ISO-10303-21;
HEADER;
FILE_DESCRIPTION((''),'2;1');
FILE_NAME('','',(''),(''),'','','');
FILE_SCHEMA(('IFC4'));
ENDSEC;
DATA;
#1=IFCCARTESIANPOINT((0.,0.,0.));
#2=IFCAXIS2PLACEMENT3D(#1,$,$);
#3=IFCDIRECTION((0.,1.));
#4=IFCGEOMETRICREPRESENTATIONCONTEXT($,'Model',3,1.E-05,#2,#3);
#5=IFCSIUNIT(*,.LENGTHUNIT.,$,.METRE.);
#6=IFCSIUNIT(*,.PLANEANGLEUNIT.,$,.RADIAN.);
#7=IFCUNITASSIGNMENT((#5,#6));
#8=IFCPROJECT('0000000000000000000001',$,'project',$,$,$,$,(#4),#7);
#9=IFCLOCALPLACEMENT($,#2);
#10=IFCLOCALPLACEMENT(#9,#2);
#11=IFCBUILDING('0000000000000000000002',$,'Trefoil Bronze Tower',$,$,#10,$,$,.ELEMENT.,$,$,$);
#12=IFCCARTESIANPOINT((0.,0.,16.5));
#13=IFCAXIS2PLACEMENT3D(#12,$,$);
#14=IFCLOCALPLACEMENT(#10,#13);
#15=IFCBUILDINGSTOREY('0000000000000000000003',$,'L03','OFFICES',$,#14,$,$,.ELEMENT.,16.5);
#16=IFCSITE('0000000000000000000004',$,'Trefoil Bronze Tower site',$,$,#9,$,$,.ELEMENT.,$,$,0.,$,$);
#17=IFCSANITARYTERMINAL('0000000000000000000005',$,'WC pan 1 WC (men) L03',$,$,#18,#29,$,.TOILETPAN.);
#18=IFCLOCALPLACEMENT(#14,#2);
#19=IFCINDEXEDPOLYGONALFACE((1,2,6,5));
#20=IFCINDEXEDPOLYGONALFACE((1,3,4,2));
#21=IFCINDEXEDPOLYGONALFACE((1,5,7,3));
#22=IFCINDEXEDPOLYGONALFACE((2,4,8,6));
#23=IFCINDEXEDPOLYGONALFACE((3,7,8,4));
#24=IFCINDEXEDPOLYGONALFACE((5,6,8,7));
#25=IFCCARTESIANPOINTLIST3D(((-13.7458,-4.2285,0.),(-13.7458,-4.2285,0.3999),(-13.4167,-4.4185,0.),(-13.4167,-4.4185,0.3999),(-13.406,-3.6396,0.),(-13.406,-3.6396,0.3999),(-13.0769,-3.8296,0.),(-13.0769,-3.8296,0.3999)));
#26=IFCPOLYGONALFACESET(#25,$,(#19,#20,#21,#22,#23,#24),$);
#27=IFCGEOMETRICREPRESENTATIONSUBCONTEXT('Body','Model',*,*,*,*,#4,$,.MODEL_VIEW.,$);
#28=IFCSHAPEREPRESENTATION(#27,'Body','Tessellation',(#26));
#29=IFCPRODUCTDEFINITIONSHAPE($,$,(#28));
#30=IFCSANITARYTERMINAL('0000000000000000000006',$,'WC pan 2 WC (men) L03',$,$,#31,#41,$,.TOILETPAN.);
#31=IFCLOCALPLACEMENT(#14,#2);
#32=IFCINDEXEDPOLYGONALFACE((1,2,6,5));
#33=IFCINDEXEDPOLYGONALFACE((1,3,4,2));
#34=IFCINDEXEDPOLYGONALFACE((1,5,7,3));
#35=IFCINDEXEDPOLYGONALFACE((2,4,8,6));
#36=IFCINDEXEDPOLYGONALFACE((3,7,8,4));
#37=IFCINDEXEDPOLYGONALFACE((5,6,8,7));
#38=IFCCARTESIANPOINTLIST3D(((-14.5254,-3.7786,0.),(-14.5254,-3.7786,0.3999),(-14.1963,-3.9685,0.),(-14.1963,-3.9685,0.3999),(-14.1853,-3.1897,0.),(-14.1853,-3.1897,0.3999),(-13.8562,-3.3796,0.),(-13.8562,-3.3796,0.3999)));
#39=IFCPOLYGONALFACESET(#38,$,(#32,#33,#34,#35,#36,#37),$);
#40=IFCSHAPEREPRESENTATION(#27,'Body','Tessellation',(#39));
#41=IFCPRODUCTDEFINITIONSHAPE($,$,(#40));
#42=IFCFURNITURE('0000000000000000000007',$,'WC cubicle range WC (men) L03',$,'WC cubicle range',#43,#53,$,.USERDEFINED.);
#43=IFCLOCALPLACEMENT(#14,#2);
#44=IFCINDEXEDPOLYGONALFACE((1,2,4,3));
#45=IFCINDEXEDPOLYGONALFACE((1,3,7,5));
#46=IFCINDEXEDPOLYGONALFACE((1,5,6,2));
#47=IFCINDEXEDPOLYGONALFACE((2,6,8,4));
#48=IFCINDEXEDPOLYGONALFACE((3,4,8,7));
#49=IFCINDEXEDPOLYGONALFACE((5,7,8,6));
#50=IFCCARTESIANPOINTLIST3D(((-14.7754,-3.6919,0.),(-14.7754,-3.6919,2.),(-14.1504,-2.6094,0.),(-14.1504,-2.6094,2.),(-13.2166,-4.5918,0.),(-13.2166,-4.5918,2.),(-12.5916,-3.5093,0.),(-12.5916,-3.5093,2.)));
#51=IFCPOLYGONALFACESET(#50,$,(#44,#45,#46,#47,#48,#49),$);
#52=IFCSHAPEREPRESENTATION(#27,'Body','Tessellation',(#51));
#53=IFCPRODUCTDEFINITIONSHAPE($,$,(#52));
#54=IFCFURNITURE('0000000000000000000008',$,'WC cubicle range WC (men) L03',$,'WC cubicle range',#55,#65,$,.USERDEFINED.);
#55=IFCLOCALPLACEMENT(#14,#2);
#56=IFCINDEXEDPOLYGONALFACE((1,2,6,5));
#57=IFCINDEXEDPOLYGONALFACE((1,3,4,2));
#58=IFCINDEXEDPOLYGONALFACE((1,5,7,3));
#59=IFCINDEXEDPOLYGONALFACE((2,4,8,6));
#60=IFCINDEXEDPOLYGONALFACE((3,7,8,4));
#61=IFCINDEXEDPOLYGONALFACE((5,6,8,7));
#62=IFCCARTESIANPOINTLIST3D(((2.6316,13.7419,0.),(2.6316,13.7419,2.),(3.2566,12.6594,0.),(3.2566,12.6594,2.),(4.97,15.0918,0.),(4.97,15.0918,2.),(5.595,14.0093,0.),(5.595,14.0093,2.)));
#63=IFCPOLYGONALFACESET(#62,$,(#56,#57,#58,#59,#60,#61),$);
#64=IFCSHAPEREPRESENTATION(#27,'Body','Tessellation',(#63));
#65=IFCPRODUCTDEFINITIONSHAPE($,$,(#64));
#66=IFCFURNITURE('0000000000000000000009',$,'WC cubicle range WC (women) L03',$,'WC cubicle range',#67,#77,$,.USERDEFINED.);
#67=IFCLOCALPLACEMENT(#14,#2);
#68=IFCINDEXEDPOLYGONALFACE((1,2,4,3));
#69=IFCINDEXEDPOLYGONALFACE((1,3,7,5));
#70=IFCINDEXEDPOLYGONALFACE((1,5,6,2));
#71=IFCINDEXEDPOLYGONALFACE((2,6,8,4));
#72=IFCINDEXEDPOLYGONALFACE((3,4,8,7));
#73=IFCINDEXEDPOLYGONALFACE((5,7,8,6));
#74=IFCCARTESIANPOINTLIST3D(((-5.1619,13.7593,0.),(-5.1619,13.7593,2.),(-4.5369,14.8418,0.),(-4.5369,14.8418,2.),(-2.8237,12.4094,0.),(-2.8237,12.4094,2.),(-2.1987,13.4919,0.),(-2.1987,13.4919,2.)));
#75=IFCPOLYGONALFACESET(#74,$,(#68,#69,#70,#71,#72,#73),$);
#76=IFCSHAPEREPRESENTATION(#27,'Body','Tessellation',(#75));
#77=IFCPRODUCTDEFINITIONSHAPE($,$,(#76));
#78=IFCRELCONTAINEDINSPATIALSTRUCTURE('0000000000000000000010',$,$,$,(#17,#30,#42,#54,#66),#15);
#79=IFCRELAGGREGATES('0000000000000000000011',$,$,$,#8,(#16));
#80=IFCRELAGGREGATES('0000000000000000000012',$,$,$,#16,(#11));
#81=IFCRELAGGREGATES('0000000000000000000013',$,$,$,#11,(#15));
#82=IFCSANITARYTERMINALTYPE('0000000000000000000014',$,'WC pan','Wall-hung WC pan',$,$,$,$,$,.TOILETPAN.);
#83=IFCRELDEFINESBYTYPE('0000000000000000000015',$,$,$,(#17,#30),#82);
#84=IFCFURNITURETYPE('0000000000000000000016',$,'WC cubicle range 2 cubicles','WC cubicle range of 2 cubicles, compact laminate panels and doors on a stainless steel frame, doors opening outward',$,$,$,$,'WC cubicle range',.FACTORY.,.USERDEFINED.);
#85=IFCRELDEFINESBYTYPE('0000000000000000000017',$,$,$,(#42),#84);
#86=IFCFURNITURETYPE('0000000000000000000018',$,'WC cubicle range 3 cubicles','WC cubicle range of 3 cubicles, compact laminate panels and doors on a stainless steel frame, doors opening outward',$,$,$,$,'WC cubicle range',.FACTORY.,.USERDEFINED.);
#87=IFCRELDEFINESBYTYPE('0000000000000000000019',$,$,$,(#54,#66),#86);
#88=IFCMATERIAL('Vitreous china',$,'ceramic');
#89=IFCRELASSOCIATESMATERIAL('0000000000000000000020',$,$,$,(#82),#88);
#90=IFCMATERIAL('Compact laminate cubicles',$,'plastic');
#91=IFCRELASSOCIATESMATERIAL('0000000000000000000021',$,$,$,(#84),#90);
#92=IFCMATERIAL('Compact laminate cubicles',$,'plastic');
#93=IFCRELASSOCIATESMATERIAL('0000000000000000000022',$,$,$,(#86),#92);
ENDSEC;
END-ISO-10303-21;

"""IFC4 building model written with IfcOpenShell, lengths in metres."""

from ifc_helpers import new_model, si_unit, direction, frame, origin, place, context, subcontext, project, spatial, polyline, outline, extrude, material, type_object, element, save


model = new_model("IFC4")

# Units and contexts
model_context = context("Model", 3, precision=1e-05, world=origin(), true_north=direction((0.0, 1.0)))
body_context = subcontext(model_context, "Body", "Model", "MODEL_VIEW")
ifc_project = project(units=[si_unit("LENGTHUNIT", "METRE"), si_unit("PLANEANGLEUNIT", "RADIAN")], contexts=[model_context])

# Site, building, storey
site_placement = place(None, origin())
site = spatial("IfcSite", under=ifc_project, at=site_placement, Name="Trefoil Bronze Tower site", CompositionType="ELEMENT", RefElevation=0.0)
building_placement = place(site_placement, origin())
building = spatial("IfcBuilding", under=site, at=building_placement, Name="Trefoil Bronze Tower", CompositionType="ELEMENT")
storey_placement = place(building_placement, frame((0.0, 0.0, 16.5)))
storey = spatial("IfcBuildingStorey", under=building, at=storey_placement, Name="L03", Description="OFFICES", CompositionType="ELEMENT", Elevation=16.5)

# Sanitary terminals
ifc_material_1 = material(Name="Vitreous china", Category="ceramic")
sanitary_terminal_type_1 = type_object("IfcSanitaryTerminalType", Name="WC pan", Description="Wall-hung WC pan", PredefinedType="TOILETPAN", material=ifc_material_1)
sanitary_terminal_1_placement = place(storey_placement, origin())
element("IfcSanitaryTerminal", 1, at=sanitary_terminal_1_placement, inside=storey, type_object=sanitary_terminal_type_1, Name="WC pan 1 WC (men) L03", PredefinedType="TOILETPAN", context=body_context, shape_type="SweptSolid", body=[
    extrude(outline(polyline([(-13.0769, -3.8296), (-13.4167, -4.4185), (-13.7458, -4.2285), (-13.406, -3.6396), (-13.0769, -3.8296)])), origin(), (0.0, 0.0, 1.0), 0.3999),
])
sanitary_terminal_2_placement = place(storey_placement, origin())
element("IfcSanitaryTerminal", 2, at=sanitary_terminal_2_placement, inside=storey, type_object=sanitary_terminal_type_1, Name="WC pan 2 WC (men) L03", PredefinedType="TOILETPAN", context=body_context, shape_type="SweptSolid", body=[
    extrude(outline(polyline([(-13.8562, -3.3796), (-14.1963, -3.9685), (-14.5254, -3.7786), (-14.1853, -3.1897), (-13.8562, -3.3796)])), origin(), (0.0, 0.0, 1.0), 0.3999),
])

# Furniture
ifc_material_2 = material(Name="Compact laminate cubicles", Category="plastic")
furniture_type_1 = type_object("IfcFurnitureType", Name="WC cubicle range 2 cubicles", Description="WC cubicle range of 2 cubicles, compact laminate panels and doors on a stainless steel frame, doors opening outward", ElementType="WC cubicle range", AssemblyPlace="FACTORY", PredefinedType="USERDEFINED", material=ifc_material_2)
furniture_1_placement = place(storey_placement, origin())
element("IfcFurniture", 3, at=furniture_1_placement, inside=storey, type_object=furniture_type_1, Name="WC cubicle range WC (men) L03", ObjectType="WC cubicle range", PredefinedType="USERDEFINED", context=body_context, shape_type="SweptSolid", body=[
    extrude(outline(polyline([(-12.5916, -3.5093), (-13.2166, -4.5918), (-14.7754, -3.6919), (-14.1504, -2.6094), (-12.5916, -3.5093)])), origin(), (0.0, 0.0, 1.0), 2.0),
])
ifc_material_3 = material(Name="Compact laminate cubicles", Category="plastic")
furniture_type_2 = type_object("IfcFurnitureType", Name="WC cubicle range 3 cubicles", Description="WC cubicle range of 3 cubicles, compact laminate panels and doors on a stainless steel frame, doors opening outward", ElementType="WC cubicle range", AssemblyPlace="FACTORY", PredefinedType="USERDEFINED", material=ifc_material_3)
furniture_2_placement = place(storey_placement, origin())
element("IfcFurniture", 4, at=furniture_2_placement, inside=storey, type_object=furniture_type_2, Name="WC cubicle range WC (men) L03", ObjectType="WC cubicle range", PredefinedType="USERDEFINED", context=body_context, shape_type="SweptSolid", body=[
    extrude(outline(polyline([(3.2566, 12.6594), (2.6316, 13.7419), (4.97, 15.0918), (5.595, 14.0093), (3.2566, 12.6594)])), origin(), (0.0, 0.0, 1.0), 2.0),
])
furniture_3_placement = place(storey_placement, origin())
element("IfcFurniture", 5, at=furniture_3_placement, inside=storey, type_object=furniture_type_2, Name="WC cubicle range WC (women) L03", ObjectType="WC cubicle range", PredefinedType="USERDEFINED", context=body_context, shape_type="SweptSolid", body=[
    extrude(outline(polyline([(-2.8237, 12.4094), (-2.1987, 13.4919), (-4.5369, 14.8418), (-5.1619, 13.7593), (-2.8237, 12.4094)])), origin(), (0.0, 0.0, 1.0), 2.0),
])

save(model, "model.ifc")
